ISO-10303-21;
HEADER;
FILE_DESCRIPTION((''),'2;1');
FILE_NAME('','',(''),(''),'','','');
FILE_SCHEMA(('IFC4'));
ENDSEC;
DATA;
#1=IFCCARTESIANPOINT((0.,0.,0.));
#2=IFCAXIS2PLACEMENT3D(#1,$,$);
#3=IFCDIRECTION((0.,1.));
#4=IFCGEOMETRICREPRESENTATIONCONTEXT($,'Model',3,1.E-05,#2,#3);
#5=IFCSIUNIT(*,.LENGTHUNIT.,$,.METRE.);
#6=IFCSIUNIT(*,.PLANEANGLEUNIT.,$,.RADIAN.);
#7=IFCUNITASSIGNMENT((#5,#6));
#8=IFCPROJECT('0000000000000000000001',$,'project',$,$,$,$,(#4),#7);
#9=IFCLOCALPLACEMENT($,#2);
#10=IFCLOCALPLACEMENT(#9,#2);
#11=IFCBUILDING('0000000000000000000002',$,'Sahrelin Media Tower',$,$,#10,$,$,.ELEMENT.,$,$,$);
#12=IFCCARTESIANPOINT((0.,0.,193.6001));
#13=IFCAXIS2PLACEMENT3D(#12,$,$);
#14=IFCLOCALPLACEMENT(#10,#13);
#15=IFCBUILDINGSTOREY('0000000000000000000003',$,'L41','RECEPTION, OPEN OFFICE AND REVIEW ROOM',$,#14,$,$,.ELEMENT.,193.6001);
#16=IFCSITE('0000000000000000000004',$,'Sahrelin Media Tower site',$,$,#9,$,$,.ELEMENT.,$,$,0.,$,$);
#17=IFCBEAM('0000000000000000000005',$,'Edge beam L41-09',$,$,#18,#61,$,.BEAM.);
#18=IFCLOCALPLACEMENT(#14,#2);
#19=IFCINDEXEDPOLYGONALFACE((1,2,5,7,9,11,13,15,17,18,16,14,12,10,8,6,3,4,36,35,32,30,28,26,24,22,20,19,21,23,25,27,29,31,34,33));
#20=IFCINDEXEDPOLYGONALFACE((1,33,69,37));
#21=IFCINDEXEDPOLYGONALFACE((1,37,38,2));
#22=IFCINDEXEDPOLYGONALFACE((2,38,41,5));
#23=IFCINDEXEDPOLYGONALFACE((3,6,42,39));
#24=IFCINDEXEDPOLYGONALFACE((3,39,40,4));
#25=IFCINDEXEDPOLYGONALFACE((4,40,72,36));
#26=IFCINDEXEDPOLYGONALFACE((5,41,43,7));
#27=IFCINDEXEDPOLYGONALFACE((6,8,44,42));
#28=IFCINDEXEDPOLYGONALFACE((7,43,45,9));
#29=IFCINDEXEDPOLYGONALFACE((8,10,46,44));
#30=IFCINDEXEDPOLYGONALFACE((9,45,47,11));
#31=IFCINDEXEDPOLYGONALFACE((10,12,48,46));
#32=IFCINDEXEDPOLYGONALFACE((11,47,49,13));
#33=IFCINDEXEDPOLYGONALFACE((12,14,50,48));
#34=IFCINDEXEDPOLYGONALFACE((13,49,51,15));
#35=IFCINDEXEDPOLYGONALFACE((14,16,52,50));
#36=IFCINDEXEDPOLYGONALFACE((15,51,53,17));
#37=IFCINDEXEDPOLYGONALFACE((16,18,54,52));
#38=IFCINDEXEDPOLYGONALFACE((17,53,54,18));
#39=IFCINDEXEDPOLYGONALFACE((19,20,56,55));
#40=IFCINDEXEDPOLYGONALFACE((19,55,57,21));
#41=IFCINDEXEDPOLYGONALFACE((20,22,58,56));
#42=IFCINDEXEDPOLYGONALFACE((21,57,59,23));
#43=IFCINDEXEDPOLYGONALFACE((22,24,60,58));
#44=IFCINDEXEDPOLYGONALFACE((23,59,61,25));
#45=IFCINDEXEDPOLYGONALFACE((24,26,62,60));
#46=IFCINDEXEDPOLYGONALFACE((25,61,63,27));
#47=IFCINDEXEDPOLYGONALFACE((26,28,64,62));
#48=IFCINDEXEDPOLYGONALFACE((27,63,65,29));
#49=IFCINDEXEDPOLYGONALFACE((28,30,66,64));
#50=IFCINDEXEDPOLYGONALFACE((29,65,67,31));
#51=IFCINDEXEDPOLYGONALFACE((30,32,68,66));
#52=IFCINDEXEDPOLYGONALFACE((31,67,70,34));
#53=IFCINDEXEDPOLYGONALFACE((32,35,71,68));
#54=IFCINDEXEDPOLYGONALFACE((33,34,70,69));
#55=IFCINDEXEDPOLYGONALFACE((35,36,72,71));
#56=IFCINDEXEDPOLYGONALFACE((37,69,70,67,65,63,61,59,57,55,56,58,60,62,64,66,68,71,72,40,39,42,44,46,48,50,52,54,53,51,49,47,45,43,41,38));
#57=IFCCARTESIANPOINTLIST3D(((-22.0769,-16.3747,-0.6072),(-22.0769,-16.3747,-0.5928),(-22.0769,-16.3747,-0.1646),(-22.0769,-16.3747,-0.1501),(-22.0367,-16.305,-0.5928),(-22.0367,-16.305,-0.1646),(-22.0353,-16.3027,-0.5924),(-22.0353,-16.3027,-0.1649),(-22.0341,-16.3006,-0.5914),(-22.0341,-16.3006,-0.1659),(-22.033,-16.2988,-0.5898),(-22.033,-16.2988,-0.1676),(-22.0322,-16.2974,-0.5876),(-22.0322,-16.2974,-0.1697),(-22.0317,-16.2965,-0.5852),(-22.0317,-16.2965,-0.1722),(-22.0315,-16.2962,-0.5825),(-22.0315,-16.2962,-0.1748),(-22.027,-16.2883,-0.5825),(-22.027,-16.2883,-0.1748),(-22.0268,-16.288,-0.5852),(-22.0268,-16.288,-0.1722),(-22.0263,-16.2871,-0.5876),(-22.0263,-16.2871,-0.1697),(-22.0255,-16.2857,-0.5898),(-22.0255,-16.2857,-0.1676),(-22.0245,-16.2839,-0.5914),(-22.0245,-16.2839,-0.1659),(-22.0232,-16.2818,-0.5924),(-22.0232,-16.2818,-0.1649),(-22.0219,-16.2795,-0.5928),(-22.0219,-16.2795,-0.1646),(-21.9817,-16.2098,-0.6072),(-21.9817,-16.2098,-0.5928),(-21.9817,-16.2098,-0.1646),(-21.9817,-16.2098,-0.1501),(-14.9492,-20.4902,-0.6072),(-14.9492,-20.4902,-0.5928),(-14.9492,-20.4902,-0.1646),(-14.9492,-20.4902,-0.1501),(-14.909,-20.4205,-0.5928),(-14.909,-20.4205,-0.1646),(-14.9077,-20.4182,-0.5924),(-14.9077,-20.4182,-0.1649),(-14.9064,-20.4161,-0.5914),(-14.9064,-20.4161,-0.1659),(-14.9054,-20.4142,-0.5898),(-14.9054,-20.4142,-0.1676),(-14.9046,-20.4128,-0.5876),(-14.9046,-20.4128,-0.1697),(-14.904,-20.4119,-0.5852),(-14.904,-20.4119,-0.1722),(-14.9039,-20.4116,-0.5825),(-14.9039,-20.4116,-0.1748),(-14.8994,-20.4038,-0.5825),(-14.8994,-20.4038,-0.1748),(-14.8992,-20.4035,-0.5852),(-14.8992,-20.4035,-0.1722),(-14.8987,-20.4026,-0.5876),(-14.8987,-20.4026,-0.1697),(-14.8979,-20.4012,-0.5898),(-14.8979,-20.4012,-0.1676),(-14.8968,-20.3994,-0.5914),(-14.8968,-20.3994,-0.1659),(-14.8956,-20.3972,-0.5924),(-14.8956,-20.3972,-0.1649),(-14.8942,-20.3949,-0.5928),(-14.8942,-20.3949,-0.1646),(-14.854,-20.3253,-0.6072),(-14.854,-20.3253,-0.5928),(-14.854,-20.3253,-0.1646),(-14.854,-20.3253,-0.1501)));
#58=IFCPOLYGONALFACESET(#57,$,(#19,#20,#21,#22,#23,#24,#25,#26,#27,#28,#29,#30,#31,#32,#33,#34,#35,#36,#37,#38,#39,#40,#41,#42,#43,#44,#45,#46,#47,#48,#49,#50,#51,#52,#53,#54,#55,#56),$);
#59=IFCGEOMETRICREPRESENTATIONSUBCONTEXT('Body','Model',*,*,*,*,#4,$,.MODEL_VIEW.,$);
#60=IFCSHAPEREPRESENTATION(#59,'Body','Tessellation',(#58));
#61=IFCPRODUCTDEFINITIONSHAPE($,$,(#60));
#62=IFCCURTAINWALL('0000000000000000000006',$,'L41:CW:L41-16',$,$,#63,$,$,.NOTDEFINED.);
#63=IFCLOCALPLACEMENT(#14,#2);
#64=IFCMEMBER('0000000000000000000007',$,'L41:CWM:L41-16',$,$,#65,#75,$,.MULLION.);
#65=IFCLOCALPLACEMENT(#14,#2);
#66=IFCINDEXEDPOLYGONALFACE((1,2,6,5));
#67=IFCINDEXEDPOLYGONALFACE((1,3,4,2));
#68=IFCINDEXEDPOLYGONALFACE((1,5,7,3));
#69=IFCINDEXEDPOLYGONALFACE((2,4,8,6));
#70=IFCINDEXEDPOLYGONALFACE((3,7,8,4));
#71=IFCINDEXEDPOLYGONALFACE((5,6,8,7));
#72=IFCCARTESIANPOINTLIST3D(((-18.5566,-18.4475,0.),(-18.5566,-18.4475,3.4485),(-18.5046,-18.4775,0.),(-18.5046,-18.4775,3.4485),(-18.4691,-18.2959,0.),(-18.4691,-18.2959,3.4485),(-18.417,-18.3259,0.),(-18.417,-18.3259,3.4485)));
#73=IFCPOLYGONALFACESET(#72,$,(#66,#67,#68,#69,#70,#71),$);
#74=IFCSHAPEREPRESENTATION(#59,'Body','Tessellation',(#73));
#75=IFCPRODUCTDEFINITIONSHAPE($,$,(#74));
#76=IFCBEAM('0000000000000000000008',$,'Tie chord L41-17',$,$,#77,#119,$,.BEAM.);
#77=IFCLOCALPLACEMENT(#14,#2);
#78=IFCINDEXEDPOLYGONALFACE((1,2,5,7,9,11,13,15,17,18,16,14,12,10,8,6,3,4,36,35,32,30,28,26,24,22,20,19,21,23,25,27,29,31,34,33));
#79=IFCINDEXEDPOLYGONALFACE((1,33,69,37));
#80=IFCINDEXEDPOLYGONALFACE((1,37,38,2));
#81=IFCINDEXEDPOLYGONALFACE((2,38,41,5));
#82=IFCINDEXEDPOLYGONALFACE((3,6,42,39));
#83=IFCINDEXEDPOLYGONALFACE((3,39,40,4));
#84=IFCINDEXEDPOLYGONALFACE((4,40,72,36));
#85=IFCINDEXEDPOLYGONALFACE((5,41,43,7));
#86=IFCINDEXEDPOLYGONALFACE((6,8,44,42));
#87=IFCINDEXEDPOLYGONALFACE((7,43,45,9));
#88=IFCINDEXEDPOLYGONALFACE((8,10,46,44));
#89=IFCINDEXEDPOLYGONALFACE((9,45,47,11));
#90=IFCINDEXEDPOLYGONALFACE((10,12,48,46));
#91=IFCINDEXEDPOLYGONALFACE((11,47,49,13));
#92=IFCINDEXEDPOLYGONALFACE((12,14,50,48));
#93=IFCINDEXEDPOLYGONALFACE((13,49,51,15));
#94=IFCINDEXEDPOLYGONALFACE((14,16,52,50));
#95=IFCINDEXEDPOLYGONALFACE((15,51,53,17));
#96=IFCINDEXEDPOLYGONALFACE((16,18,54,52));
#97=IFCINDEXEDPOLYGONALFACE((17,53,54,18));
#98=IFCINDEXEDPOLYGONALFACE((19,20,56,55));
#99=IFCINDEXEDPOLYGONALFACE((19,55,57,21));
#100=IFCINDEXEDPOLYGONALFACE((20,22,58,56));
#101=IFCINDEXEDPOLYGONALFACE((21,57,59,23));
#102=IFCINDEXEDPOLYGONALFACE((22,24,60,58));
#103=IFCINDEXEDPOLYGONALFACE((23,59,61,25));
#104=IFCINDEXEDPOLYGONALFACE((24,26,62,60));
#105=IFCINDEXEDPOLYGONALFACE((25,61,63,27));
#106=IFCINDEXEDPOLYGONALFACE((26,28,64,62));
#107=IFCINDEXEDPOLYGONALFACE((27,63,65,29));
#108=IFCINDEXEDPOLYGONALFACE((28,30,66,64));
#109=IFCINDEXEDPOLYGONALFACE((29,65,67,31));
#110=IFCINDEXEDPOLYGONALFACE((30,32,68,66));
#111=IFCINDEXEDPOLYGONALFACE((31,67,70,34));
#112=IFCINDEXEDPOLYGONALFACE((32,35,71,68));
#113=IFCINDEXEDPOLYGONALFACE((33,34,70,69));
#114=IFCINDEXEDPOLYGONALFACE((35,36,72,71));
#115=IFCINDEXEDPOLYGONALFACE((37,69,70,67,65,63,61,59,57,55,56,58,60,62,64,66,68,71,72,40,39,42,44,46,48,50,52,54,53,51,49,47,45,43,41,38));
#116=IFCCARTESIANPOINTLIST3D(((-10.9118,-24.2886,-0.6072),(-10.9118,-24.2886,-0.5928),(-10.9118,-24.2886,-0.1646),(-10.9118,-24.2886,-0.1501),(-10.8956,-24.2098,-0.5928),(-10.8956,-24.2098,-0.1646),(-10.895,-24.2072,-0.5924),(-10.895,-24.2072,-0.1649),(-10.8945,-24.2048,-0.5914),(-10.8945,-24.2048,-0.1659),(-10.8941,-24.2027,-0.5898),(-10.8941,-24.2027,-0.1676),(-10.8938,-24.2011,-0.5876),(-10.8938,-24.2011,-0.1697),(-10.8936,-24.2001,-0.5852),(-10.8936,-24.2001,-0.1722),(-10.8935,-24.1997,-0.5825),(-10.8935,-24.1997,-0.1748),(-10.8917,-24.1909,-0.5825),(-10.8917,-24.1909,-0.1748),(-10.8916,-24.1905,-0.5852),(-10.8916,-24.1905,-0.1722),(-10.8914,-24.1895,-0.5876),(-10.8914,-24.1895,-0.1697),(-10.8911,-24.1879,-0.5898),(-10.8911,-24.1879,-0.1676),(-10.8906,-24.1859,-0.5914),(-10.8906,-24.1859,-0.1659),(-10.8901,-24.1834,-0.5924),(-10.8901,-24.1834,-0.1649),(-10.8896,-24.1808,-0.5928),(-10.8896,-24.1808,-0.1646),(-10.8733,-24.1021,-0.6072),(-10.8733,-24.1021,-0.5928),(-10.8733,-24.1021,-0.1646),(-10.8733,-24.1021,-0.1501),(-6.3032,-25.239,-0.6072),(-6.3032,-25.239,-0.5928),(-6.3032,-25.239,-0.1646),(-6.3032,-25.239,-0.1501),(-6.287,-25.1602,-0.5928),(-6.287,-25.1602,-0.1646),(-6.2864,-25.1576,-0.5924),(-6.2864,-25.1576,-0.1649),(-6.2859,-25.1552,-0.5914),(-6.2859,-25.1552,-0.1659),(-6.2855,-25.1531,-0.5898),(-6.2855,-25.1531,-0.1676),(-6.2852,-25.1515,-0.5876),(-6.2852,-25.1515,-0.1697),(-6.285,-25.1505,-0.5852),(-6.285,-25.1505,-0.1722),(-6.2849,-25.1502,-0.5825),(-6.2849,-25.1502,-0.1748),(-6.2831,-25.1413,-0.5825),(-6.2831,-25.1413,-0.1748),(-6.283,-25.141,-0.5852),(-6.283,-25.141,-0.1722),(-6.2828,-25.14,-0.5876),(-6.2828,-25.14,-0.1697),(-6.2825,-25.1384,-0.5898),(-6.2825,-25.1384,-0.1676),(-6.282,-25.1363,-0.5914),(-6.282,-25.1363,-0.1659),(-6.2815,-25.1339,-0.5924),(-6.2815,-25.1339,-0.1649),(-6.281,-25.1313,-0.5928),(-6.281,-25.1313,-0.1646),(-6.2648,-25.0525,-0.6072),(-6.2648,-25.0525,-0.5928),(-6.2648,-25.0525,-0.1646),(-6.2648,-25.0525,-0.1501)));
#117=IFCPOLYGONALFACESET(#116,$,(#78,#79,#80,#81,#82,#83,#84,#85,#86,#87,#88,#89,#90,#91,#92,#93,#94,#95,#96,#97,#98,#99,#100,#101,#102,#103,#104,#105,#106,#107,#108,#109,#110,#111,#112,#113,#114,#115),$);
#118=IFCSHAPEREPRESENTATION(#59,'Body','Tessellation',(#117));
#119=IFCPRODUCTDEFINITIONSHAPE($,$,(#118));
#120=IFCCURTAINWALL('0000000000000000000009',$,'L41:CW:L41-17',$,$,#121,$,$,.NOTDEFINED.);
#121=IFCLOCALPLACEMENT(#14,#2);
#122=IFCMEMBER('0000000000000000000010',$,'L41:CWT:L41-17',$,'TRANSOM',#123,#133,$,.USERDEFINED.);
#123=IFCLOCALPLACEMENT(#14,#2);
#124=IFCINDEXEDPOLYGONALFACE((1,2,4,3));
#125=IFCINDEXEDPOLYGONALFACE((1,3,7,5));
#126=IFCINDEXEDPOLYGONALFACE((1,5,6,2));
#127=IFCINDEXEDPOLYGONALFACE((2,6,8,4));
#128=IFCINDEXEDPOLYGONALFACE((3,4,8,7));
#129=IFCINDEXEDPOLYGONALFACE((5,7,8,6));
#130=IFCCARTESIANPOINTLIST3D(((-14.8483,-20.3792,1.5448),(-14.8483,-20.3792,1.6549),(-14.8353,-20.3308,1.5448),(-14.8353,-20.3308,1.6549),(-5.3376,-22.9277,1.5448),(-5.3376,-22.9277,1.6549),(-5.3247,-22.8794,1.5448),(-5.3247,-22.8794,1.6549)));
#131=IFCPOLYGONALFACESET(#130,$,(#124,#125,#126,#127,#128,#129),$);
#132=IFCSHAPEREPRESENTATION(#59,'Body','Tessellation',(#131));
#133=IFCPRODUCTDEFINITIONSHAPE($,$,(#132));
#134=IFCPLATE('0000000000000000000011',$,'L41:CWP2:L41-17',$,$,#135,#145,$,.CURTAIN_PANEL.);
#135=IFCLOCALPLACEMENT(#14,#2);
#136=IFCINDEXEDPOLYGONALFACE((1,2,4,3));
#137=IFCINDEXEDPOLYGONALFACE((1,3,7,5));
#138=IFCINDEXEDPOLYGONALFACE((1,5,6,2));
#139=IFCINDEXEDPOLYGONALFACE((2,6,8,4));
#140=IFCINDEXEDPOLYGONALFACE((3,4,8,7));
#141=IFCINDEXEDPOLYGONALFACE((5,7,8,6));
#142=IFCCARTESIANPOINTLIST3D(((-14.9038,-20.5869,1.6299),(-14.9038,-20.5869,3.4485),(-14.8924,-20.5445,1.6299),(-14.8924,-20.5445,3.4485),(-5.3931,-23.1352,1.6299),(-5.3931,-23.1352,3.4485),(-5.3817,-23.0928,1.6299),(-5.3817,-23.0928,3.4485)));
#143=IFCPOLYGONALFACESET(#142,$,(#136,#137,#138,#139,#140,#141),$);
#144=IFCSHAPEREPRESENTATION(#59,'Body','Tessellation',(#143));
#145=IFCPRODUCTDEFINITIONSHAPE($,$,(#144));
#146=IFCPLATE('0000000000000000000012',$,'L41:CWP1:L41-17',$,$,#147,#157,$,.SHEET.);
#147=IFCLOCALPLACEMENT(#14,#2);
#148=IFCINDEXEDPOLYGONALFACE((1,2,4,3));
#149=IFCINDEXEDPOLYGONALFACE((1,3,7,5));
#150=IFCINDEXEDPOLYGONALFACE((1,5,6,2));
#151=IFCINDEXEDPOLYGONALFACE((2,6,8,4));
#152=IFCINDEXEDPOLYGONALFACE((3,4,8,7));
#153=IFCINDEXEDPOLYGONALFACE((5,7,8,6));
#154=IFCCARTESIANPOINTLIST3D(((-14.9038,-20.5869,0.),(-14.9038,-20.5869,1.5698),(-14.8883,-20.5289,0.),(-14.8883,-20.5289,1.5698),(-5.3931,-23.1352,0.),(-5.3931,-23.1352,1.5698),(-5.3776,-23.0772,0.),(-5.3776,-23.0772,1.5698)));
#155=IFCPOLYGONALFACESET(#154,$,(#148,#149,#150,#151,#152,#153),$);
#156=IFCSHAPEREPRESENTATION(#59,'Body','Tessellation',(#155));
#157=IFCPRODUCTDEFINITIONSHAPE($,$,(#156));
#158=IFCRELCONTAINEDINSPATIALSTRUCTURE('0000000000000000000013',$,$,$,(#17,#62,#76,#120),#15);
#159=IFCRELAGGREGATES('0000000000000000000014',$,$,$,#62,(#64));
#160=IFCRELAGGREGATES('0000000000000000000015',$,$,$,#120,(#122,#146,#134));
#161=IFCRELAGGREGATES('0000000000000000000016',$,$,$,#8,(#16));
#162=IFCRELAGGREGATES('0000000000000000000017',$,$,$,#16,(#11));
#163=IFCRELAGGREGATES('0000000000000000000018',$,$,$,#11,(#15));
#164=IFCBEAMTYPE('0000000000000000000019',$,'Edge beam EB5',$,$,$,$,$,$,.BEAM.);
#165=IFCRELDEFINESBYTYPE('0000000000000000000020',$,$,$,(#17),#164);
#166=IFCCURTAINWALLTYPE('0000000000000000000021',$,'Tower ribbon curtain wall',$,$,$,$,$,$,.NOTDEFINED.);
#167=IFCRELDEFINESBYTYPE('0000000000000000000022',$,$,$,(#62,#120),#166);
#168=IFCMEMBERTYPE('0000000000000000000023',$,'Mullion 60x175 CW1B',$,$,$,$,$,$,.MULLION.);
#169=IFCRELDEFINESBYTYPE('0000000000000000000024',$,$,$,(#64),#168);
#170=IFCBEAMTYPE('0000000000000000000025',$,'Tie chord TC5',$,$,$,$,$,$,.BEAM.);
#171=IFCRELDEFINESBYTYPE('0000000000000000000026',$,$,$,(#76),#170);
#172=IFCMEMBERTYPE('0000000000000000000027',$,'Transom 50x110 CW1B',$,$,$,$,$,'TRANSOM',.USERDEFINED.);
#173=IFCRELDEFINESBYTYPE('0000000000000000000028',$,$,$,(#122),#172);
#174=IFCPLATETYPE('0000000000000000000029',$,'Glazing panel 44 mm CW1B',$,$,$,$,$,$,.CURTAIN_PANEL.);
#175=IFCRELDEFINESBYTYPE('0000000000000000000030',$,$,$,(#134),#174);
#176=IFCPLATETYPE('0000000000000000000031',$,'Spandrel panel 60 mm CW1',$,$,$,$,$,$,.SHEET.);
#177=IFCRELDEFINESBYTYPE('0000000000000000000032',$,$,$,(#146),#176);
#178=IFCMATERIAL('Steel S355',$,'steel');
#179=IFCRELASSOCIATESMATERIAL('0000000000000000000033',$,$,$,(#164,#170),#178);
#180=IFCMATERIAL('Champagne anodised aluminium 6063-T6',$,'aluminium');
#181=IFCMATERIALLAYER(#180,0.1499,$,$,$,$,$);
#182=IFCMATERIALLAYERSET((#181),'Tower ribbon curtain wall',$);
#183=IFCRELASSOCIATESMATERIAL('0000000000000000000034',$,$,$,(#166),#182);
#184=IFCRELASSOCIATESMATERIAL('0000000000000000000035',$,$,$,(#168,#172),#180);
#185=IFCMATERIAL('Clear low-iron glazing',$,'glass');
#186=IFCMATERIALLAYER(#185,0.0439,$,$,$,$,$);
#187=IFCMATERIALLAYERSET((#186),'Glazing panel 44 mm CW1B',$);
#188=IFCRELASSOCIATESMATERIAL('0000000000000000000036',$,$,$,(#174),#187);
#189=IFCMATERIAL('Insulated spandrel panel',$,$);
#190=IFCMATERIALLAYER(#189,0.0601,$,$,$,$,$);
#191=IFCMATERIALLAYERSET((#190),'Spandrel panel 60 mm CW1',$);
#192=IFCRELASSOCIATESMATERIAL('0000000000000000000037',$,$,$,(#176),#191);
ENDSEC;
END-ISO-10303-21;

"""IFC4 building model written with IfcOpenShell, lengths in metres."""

from ifc_helpers import new_model, si_unit, direction, frame, origin, origin_2d, place, context, subcontext, project, spatial, polyline, rectangle, i_section, outline, extrude, material, layer, layer_set, material_profile, profile_set, type_object, element, aggregate, save


model = new_model("IFC4")

# Units and contexts
model_context = context("Model", 3, precision=1e-05, world=origin(), true_north=direction((0.0, 1.0)))
body_context = subcontext(model_context, "Body", "Model", "MODEL_VIEW")
ifc_project = project(units=[si_unit("LENGTHUNIT", "METRE"), si_unit("PLANEANGLEUNIT", "RADIAN")], contexts=[model_context])

# Site, building, storey
site_placement = place(None, origin())
site = spatial("IfcSite", under=ifc_project, at=site_placement, Name="Sahrelin Media Tower site", CompositionType="ELEMENT", RefElevation=0.0)
building_placement = place(site_placement, origin())
building = spatial("IfcBuilding", under=site, at=building_placement, Name="Sahrelin Media Tower", CompositionType="ELEMENT")
storey_placement = place(building_placement, frame((0.0, 0.0, 193.6001)))
storey = spatial("IfcBuildingStorey", under=building, at=storey_placement, Name="L41", Description="RECEPTION, OPEN OFFICE AND REVIEW ROOM", CompositionType="ELEMENT", Elevation=193.6001)

# Beam
ifc_material_1 = material(Name="Steel S355", Category="steel")
ifc_material_profile_1 = material_profile(ifc_material_1, i_section(OverallWidth=0.1904, OverallDepth=0.457, WebThickness=0.009, FlangeThickness=0.0144, FilletRadius=0.0103, at=origin_2d()), Name="UB 457x191x74")
ifc_profile_set_1 = profile_set([ifc_material_profile_1], Name="Steel S355")
beam_type_1 = type_object("IfcBeamType", Name="Edge beam EB5", PredefinedType="BEAM", material=ifc_profile_set_1)
beam_1_placement = place(storey_placement, frame((-14.9016, -20.4077, -0.3787), z_axis=(-0.866009, 0.500028, 0.0), x_axis=(-0.500028, -0.866009, 0.0)))
element("IfcBeam", 1, at=beam_1_placement, inside=storey, type_object=beam_type_1, Name="Edge beam L41-09", PredefinedType="BEAM", context=body_context, shape_type="SweptSolid", body=[
    extrude(i_section(OverallWidth=0.1904, OverallDepth=0.457, WebThickness=0.009, FlangeThickness=0.0144, FilletRadius=0.0103, at=origin_2d()), origin(), (0.0, 0.0, 1.0), 8.2305),
])

# Curtain wall, member
ifc_material_2 = material(Name="Champagne anodised aluminium 6063-T6", Category="aluminium")
ifc_layer_1 = layer(ifc_material_2, 0.1499)
ifc_layer_set_1 = layer_set([ifc_layer_1], Name="Tower ribbon curtain wall")
curtain_wall_type = type_object("IfcCurtainWallType", Name="Tower ribbon curtain wall", PredefinedType="NOTDEFINED", material=ifc_layer_set_1)
curtain_wall_1_placement = place(storey_placement, frame((-18.5405, -18.48, 0.0), z_axis=(0.0, 0.0, 1.0), x_axis=(1.0, 0.0, 0.0)))
curtain_wall_1 = element("IfcCurtainWall", 2, at=curtain_wall_1_placement, inside=storey, type_object=curtain_wall_type, Name="L41:CW:L41-16", PredefinedType="NOTDEFINED")
ifc_material_profile_2 = material_profile(ifc_material_2, rectangle(XDim=0.0601, YDim=0.175, at=origin_2d()), Name="Mullion 60x175")
ifc_profile_set_2 = profile_set([ifc_material_profile_2], Name="Champagne anodised aluminium 6063-T6")
member_type_1 = type_object("IfcMemberType", Name="Mullion 60x175 CW1B", PredefinedType="MULLION", material=ifc_profile_set_2)
member_1_placement = place(storey_placement, frame((-18.4868, -18.3867, 0.0), z_axis=(0.0, 0.0, 1.0), x_axis=(0.866024, -0.500003, 0.0)))
member_1 = element("IfcMember", 3, at=member_1_placement, type_object=member_type_1, Name="L41:CWM:L41-16", PredefinedType="MULLION", context=body_context, shape_type="SweptSolid", body=[
    extrude(rectangle(XDim=0.0601, YDim=0.175, at=origin_2d()), origin(), (0.0, 0.0, 1.0), 3.4485),
])
aggregate(curtain_wall_1, [member_1])

# Beam
ifc_material_profile_3 = material_profile(ifc_material_1, i_section(OverallWidth=0.1904, OverallDepth=0.457, WebThickness=0.009, FlangeThickness=0.0144, FilletRadius=0.0103, at=origin_2d()), Name="UB 457x191x74")
ifc_profile_set_3 = profile_set([ifc_material_profile_3], Name="Steel S355")
beam_type_2 = type_object("IfcBeamType", Name="Tie chord TC5", PredefinedType="BEAM", material=ifc_profile_set_3)
beam_2_placement = place(storey_placement, frame((-10.8926, -24.1953, -0.3787), z_axis=(0.97939, -0.201979, 0.0), x_axis=(0.201979, 0.97939, 0.0)))
element("IfcBeam", 4, at=beam_2_placement, inside=storey, type_object=beam_type_2, Name="Tie chord L41-17", PredefinedType="BEAM", context=body_context, shape_type="SweptSolid", body=[
    extrude(i_section(OverallWidth=0.1904, OverallDepth=0.457, WebThickness=0.009, FlangeThickness=0.0144, FilletRadius=0.0103, at=origin_2d()), origin(), (0.0, 0.0, 1.0), 4.7056),
])

# Curtain wall, member, plates
curtain_wall_2_placement = place(storey_placement, frame((-10.1433, -21.8418, 0.0), z_axis=(0.0, 0.0, 1.0), x_axis=(1.0, 0.0, 0.0)))
curtain_wall_2 = element("IfcCurtainWall", 5, at=curtain_wall_2_placement, inside=storey, type_object=curtain_wall_type, Name="L41:CW:L41-17", PredefinedType="NOTDEFINED")
ifc_material_profile_4 = material_profile(ifc_material_2, rectangle(XDim=0.05, YDim=0.1101, at=origin_2d()), Name="Transom 50x110")
ifc_profile_set_4 = profile_set([ifc_material_profile_4], Name="Champagne anodised aluminium 6063-T6")
member_type_2 = type_object("IfcMemberType", Name="Transom 50x110 CW1B", ElementType="TRANSOM", PredefinedType="USERDEFINED", material=ifc_profile_set_4)
member_2_placement = place(storey_placement, frame((-14.8418, -20.355, 1.5999), z_axis=(0.965921, -0.258837, 0.0), x_axis=(0.258837, 0.965921, 0.0)))
member_2 = element("IfcMember", 6, at=member_2_placement, type_object=member_type_2, Name="L41:CWT:L41-17", ObjectType="TRANSOM", PredefinedType="USERDEFINED", context=body_context, shape_type="SweptSolid", body=[
    extrude(rectangle(XDim=0.05, YDim=0.1101, at=origin_2d()), origin(), (0.0, 0.0, 1.0), 9.8462),
])
ifc_material_3 = material(Name="Clear low-iron glazing", Category="glass")
ifc_layer_2 = layer(ifc_material_3, 0.0439)
ifc_layer_set_2 = layer_set([ifc_layer_2], Name="Glazing panel 44 mm CW1B")
plate_type_1 = type_object("IfcPlateType", Name="Glazing panel 44 mm CW1B", PredefinedType="CURTAIN_PANEL", material=ifc_layer_set_2)
plate_1_placement = place(storey_placement, frame((-14.9038, -20.5869, 1.6299), z_axis=(-0.258814, -0.965927, 0.0), x_axis=(0.965927, -0.258814, 0.0)))
plate_1 = element("IfcPlate", 7, at=plate_1_placement, type_object=plate_type_1, Name="L41:CWP2:L41-17", PredefinedType="CURTAIN_PANEL", context=body_context, shape_type="SweptSolid", body=[
    extrude(outline(polyline([(0.0, 0.0), (9.8462, 0.0), (9.8462, 1.8186), (0.0, 1.8186), (0.0, 0.0)])), origin(), (0.0, 0.0, -1.0), 0.0439),
])
ifc_material_4 = material(Name="Insulated spandrel panel")
ifc_layer_3 = layer(ifc_material_4, 0.0601)
ifc_layer_set_3 = layer_set([ifc_layer_3], Name="Spandrel panel 60 mm CW1")
plate_type_2 = type_object("IfcPlateType", Name="Spandrel panel 60 mm CW1", PredefinedType="SHEET", material=ifc_layer_set_3)
plate_2_placement = place(storey_placement, frame((-14.9038, -20.5869, 0.0), z_axis=(-0.258814, -0.965927, 0.0), x_axis=(0.965927, -0.258814, 0.0)))
plate_2 = element("IfcPlate", 8, at=plate_2_placement, type_object=plate_type_2, Name="L41:CWP1:L41-17", PredefinedType="SHEET", context=body_context, shape_type="SweptSolid", body=[
    extrude(outline(polyline([(0.0, 0.0), (9.8462, 0.0), (9.8462, 1.5698), (0.0, 1.5698), (0.0, 0.0)])), origin(), (0.0, 0.0, -1.0), 0.0601),
])
aggregate(curtain_wall_2, [member_2, plate_2, plate_1])

save(model, "model.ifc")
